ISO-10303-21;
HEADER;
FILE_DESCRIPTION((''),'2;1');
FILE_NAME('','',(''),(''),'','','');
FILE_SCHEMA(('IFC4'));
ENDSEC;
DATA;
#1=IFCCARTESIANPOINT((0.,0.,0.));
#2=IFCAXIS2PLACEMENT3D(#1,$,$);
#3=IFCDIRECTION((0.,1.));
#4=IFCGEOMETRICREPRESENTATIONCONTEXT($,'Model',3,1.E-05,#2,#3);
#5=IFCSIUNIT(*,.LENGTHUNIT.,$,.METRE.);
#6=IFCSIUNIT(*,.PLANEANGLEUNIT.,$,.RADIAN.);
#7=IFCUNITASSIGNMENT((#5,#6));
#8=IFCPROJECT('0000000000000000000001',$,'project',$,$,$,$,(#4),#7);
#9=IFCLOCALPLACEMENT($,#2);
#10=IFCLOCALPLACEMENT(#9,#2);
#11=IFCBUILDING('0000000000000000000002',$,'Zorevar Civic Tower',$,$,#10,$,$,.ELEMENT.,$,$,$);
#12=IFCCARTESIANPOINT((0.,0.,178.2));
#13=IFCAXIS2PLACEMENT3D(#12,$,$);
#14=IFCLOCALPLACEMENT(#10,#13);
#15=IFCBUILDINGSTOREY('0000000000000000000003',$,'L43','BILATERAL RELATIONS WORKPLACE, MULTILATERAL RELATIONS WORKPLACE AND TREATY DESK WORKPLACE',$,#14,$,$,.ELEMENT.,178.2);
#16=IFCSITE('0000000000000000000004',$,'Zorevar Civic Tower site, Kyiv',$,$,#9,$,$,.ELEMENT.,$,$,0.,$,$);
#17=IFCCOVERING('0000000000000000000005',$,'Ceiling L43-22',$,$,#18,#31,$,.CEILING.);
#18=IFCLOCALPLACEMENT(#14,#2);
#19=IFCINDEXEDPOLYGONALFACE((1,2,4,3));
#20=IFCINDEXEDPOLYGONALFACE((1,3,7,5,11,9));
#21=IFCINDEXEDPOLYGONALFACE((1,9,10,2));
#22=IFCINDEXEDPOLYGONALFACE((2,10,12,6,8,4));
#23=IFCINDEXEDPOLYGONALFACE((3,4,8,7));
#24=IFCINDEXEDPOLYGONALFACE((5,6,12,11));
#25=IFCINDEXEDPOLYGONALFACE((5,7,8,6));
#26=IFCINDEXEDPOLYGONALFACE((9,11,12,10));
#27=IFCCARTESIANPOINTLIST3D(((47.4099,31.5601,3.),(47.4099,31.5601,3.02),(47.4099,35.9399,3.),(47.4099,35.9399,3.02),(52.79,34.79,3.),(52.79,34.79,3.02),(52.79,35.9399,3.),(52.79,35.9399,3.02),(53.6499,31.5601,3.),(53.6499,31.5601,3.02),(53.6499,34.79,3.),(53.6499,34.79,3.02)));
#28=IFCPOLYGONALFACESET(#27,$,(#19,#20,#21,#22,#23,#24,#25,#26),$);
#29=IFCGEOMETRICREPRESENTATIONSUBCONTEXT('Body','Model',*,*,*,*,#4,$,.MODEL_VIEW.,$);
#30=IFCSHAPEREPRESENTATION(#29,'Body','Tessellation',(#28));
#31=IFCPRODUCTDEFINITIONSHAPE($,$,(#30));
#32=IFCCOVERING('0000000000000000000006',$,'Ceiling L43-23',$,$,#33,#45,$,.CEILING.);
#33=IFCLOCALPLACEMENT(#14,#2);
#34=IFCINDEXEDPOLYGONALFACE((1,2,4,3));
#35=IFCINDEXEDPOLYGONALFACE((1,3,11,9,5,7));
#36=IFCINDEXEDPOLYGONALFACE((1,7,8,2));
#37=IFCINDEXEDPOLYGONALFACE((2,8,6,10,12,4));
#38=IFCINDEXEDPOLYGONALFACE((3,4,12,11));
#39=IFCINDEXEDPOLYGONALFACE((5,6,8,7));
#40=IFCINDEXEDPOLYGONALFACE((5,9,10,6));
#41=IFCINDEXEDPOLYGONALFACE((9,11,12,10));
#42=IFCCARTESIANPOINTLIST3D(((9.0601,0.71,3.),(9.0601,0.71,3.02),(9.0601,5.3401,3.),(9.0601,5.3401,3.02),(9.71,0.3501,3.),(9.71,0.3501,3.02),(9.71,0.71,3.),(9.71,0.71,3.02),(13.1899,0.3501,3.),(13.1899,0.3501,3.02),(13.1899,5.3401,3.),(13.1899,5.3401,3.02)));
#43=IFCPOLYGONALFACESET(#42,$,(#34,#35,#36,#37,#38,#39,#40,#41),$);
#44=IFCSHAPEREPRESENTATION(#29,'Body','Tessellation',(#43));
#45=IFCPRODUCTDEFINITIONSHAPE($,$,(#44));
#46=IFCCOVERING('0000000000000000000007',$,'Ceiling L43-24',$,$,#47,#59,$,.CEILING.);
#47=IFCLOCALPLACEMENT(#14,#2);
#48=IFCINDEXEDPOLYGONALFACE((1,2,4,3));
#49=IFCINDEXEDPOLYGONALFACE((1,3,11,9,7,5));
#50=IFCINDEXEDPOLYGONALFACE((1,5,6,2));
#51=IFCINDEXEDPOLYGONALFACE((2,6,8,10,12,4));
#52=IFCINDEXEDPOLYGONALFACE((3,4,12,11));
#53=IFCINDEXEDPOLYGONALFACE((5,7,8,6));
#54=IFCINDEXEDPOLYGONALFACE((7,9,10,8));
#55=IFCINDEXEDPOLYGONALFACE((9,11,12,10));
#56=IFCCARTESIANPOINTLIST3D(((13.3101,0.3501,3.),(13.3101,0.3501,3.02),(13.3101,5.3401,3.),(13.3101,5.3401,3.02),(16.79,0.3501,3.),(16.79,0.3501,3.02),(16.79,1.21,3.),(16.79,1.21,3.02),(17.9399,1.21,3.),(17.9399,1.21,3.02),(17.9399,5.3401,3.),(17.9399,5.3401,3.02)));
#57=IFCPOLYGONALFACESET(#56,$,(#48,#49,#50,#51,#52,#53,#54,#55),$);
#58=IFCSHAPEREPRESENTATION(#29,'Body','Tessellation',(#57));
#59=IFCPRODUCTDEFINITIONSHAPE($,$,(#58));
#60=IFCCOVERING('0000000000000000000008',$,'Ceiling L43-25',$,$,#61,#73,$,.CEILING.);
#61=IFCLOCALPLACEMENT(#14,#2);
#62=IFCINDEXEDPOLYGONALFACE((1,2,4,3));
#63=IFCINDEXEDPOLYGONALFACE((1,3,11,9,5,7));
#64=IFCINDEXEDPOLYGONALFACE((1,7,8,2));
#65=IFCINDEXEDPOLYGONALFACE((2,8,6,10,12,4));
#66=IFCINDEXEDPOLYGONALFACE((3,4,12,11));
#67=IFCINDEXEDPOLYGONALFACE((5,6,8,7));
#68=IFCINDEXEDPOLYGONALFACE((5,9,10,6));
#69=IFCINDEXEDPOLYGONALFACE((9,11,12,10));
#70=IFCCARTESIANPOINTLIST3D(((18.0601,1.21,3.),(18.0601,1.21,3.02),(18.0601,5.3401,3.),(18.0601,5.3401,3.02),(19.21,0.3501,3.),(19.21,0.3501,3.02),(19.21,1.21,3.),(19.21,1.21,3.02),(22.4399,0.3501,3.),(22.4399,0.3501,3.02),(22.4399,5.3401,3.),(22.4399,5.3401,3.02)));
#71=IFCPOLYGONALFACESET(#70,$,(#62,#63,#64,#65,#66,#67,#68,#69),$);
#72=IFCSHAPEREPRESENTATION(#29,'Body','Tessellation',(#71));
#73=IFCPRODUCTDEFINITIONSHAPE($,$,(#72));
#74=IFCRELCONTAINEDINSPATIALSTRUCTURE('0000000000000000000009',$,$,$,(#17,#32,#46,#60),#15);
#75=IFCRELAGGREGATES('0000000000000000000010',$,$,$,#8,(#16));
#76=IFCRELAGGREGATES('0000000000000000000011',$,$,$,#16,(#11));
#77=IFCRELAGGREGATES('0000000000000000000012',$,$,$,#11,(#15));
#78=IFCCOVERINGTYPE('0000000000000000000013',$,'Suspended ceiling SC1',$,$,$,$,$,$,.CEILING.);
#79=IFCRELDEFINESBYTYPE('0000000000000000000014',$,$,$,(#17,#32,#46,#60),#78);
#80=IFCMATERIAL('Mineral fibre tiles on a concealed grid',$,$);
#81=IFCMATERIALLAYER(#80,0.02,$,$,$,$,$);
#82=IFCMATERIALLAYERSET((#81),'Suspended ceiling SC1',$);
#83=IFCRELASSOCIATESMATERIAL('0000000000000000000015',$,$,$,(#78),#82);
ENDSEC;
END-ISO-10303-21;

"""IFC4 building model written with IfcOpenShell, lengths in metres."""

from ifc_helpers import new_model, si_unit, direction, frame, origin, place, context, subcontext, project, spatial, polyline, outline, extrude, material, layer, layer_set, type_object, element, save


model = new_model("IFC4")

# Units and contexts
model_context = context("Model", 3, precision=1e-05, world=origin(), true_north=direction((0.0, 1.0)))
body_context = subcontext(model_context, "Body", "Model", "MODEL_VIEW")
ifc_project = project(units=[si_unit("LENGTHUNIT", "METRE"), si_unit("PLANEANGLEUNIT", "RADIAN")], contexts=[model_context])

# Site, building, storey
site_placement = place(None, origin())
site = spatial("IfcSite", under=ifc_project, at=site_placement, Name="Zorevar Civic Tower site, Kyiv", CompositionType="ELEMENT", RefElevation=0.0)
building_placement = place(site_placement, origin())
building = spatial("IfcBuilding", under=site, at=building_placement, Name="Zorevar Civic Tower", CompositionType="ELEMENT")
storey_placement = place(building_placement, frame((0.0, 0.0, 178.2)))
storey = spatial("IfcBuildingStorey", under=building, at=storey_placement, Name="L43", Description="BILATERAL RELATIONS WORKPLACE, MULTILATERAL RELATIONS WORKPLACE AND TREATY DESK WORKPLACE", CompositionType="ELEMENT", Elevation=178.2)

# Coverings
ifc_material_1 = material(Name="Mineral fibre tiles on a concealed grid")
ifc_layer_1 = layer(ifc_material_1, 0.02)
ifc_layer_set_1 = layer_set([ifc_layer_1], Name="Suspended ceiling SC1")
covering_type_1 = type_object("IfcCoveringType", Name="Suspended ceiling SC1", PredefinedType="CEILING", material=ifc_layer_set_1)
covering_1_placement = place(storey_placement, frame((0.0, 0.0, 3.0)))
element("IfcCovering", 1, at=covering_1_placement, inside=storey, type_object=covering_type_1, Name="Ceiling L43-22", PredefinedType="CEILING", context=body_context, shape_type="SweptSolid", body=[
    extrude(outline(polyline([(47.4099, 35.9399), (52.79, 35.9399), (52.79, 34.79), (53.6499, 34.79), (53.6499, 31.5601), (47.4099, 31.5601), (47.4099, 35.9399)])), origin(), (0.0, 0.0, 1.0), 0.02),
])
covering_2_placement = place(storey_placement, frame((0.0, 0.0, 3.0)))
element("IfcCovering", 2, at=covering_2_placement, inside=storey, type_object=covering_type_1, Name="Ceiling L43-23", PredefinedType="CEILING", context=body_context, shape_type="SweptSolid", body=[
    extrude(outline(polyline([(13.1899, 5.3401), (13.1899, 0.3501), (9.71, 0.3501), (9.71, 0.71), (9.0601, 0.71), (9.0601, 5.3401), (13.1899, 5.3401)])), origin(), (0.0, 0.0, 1.0), 0.02),
])
covering_3_placement = place(storey_placement, frame((0.0, 0.0, 3.0)))
element("IfcCovering", 3, at=covering_3_placement, inside=storey, type_object=covering_type_1, Name="Ceiling L43-24", PredefinedType="CEILING", context=body_context, shape_type="SweptSolid", body=[
    extrude(outline(polyline([(17.9399, 5.3401), (17.9399, 1.21), (16.79, 1.21), (16.79, 0.3501), (13.3101, 0.3501), (13.3101, 5.3401), (17.9399, 5.3401)])), origin(), (0.0, 0.0, 1.0), 0.02),
])
covering_4_placement = place(storey_placement, frame((0.0, 0.0, 3.0)))
element("IfcCovering", 4, at=covering_4_placement, inside=storey, type_object=covering_type_1, Name="Ceiling L43-25", PredefinedType="CEILING", context=body_context, shape_type="SweptSolid", body=[
    extrude(outline(polyline([(22.4399, 5.3401), (22.4399, 0.3501), (19.21, 0.3501), (19.21, 1.21), (18.0601, 1.21), (18.0601, 5.3401), (22.4399, 5.3401)])), origin(), (0.0, 0.0, 1.0), 0.02),
])

save(model, "model.ifc")
